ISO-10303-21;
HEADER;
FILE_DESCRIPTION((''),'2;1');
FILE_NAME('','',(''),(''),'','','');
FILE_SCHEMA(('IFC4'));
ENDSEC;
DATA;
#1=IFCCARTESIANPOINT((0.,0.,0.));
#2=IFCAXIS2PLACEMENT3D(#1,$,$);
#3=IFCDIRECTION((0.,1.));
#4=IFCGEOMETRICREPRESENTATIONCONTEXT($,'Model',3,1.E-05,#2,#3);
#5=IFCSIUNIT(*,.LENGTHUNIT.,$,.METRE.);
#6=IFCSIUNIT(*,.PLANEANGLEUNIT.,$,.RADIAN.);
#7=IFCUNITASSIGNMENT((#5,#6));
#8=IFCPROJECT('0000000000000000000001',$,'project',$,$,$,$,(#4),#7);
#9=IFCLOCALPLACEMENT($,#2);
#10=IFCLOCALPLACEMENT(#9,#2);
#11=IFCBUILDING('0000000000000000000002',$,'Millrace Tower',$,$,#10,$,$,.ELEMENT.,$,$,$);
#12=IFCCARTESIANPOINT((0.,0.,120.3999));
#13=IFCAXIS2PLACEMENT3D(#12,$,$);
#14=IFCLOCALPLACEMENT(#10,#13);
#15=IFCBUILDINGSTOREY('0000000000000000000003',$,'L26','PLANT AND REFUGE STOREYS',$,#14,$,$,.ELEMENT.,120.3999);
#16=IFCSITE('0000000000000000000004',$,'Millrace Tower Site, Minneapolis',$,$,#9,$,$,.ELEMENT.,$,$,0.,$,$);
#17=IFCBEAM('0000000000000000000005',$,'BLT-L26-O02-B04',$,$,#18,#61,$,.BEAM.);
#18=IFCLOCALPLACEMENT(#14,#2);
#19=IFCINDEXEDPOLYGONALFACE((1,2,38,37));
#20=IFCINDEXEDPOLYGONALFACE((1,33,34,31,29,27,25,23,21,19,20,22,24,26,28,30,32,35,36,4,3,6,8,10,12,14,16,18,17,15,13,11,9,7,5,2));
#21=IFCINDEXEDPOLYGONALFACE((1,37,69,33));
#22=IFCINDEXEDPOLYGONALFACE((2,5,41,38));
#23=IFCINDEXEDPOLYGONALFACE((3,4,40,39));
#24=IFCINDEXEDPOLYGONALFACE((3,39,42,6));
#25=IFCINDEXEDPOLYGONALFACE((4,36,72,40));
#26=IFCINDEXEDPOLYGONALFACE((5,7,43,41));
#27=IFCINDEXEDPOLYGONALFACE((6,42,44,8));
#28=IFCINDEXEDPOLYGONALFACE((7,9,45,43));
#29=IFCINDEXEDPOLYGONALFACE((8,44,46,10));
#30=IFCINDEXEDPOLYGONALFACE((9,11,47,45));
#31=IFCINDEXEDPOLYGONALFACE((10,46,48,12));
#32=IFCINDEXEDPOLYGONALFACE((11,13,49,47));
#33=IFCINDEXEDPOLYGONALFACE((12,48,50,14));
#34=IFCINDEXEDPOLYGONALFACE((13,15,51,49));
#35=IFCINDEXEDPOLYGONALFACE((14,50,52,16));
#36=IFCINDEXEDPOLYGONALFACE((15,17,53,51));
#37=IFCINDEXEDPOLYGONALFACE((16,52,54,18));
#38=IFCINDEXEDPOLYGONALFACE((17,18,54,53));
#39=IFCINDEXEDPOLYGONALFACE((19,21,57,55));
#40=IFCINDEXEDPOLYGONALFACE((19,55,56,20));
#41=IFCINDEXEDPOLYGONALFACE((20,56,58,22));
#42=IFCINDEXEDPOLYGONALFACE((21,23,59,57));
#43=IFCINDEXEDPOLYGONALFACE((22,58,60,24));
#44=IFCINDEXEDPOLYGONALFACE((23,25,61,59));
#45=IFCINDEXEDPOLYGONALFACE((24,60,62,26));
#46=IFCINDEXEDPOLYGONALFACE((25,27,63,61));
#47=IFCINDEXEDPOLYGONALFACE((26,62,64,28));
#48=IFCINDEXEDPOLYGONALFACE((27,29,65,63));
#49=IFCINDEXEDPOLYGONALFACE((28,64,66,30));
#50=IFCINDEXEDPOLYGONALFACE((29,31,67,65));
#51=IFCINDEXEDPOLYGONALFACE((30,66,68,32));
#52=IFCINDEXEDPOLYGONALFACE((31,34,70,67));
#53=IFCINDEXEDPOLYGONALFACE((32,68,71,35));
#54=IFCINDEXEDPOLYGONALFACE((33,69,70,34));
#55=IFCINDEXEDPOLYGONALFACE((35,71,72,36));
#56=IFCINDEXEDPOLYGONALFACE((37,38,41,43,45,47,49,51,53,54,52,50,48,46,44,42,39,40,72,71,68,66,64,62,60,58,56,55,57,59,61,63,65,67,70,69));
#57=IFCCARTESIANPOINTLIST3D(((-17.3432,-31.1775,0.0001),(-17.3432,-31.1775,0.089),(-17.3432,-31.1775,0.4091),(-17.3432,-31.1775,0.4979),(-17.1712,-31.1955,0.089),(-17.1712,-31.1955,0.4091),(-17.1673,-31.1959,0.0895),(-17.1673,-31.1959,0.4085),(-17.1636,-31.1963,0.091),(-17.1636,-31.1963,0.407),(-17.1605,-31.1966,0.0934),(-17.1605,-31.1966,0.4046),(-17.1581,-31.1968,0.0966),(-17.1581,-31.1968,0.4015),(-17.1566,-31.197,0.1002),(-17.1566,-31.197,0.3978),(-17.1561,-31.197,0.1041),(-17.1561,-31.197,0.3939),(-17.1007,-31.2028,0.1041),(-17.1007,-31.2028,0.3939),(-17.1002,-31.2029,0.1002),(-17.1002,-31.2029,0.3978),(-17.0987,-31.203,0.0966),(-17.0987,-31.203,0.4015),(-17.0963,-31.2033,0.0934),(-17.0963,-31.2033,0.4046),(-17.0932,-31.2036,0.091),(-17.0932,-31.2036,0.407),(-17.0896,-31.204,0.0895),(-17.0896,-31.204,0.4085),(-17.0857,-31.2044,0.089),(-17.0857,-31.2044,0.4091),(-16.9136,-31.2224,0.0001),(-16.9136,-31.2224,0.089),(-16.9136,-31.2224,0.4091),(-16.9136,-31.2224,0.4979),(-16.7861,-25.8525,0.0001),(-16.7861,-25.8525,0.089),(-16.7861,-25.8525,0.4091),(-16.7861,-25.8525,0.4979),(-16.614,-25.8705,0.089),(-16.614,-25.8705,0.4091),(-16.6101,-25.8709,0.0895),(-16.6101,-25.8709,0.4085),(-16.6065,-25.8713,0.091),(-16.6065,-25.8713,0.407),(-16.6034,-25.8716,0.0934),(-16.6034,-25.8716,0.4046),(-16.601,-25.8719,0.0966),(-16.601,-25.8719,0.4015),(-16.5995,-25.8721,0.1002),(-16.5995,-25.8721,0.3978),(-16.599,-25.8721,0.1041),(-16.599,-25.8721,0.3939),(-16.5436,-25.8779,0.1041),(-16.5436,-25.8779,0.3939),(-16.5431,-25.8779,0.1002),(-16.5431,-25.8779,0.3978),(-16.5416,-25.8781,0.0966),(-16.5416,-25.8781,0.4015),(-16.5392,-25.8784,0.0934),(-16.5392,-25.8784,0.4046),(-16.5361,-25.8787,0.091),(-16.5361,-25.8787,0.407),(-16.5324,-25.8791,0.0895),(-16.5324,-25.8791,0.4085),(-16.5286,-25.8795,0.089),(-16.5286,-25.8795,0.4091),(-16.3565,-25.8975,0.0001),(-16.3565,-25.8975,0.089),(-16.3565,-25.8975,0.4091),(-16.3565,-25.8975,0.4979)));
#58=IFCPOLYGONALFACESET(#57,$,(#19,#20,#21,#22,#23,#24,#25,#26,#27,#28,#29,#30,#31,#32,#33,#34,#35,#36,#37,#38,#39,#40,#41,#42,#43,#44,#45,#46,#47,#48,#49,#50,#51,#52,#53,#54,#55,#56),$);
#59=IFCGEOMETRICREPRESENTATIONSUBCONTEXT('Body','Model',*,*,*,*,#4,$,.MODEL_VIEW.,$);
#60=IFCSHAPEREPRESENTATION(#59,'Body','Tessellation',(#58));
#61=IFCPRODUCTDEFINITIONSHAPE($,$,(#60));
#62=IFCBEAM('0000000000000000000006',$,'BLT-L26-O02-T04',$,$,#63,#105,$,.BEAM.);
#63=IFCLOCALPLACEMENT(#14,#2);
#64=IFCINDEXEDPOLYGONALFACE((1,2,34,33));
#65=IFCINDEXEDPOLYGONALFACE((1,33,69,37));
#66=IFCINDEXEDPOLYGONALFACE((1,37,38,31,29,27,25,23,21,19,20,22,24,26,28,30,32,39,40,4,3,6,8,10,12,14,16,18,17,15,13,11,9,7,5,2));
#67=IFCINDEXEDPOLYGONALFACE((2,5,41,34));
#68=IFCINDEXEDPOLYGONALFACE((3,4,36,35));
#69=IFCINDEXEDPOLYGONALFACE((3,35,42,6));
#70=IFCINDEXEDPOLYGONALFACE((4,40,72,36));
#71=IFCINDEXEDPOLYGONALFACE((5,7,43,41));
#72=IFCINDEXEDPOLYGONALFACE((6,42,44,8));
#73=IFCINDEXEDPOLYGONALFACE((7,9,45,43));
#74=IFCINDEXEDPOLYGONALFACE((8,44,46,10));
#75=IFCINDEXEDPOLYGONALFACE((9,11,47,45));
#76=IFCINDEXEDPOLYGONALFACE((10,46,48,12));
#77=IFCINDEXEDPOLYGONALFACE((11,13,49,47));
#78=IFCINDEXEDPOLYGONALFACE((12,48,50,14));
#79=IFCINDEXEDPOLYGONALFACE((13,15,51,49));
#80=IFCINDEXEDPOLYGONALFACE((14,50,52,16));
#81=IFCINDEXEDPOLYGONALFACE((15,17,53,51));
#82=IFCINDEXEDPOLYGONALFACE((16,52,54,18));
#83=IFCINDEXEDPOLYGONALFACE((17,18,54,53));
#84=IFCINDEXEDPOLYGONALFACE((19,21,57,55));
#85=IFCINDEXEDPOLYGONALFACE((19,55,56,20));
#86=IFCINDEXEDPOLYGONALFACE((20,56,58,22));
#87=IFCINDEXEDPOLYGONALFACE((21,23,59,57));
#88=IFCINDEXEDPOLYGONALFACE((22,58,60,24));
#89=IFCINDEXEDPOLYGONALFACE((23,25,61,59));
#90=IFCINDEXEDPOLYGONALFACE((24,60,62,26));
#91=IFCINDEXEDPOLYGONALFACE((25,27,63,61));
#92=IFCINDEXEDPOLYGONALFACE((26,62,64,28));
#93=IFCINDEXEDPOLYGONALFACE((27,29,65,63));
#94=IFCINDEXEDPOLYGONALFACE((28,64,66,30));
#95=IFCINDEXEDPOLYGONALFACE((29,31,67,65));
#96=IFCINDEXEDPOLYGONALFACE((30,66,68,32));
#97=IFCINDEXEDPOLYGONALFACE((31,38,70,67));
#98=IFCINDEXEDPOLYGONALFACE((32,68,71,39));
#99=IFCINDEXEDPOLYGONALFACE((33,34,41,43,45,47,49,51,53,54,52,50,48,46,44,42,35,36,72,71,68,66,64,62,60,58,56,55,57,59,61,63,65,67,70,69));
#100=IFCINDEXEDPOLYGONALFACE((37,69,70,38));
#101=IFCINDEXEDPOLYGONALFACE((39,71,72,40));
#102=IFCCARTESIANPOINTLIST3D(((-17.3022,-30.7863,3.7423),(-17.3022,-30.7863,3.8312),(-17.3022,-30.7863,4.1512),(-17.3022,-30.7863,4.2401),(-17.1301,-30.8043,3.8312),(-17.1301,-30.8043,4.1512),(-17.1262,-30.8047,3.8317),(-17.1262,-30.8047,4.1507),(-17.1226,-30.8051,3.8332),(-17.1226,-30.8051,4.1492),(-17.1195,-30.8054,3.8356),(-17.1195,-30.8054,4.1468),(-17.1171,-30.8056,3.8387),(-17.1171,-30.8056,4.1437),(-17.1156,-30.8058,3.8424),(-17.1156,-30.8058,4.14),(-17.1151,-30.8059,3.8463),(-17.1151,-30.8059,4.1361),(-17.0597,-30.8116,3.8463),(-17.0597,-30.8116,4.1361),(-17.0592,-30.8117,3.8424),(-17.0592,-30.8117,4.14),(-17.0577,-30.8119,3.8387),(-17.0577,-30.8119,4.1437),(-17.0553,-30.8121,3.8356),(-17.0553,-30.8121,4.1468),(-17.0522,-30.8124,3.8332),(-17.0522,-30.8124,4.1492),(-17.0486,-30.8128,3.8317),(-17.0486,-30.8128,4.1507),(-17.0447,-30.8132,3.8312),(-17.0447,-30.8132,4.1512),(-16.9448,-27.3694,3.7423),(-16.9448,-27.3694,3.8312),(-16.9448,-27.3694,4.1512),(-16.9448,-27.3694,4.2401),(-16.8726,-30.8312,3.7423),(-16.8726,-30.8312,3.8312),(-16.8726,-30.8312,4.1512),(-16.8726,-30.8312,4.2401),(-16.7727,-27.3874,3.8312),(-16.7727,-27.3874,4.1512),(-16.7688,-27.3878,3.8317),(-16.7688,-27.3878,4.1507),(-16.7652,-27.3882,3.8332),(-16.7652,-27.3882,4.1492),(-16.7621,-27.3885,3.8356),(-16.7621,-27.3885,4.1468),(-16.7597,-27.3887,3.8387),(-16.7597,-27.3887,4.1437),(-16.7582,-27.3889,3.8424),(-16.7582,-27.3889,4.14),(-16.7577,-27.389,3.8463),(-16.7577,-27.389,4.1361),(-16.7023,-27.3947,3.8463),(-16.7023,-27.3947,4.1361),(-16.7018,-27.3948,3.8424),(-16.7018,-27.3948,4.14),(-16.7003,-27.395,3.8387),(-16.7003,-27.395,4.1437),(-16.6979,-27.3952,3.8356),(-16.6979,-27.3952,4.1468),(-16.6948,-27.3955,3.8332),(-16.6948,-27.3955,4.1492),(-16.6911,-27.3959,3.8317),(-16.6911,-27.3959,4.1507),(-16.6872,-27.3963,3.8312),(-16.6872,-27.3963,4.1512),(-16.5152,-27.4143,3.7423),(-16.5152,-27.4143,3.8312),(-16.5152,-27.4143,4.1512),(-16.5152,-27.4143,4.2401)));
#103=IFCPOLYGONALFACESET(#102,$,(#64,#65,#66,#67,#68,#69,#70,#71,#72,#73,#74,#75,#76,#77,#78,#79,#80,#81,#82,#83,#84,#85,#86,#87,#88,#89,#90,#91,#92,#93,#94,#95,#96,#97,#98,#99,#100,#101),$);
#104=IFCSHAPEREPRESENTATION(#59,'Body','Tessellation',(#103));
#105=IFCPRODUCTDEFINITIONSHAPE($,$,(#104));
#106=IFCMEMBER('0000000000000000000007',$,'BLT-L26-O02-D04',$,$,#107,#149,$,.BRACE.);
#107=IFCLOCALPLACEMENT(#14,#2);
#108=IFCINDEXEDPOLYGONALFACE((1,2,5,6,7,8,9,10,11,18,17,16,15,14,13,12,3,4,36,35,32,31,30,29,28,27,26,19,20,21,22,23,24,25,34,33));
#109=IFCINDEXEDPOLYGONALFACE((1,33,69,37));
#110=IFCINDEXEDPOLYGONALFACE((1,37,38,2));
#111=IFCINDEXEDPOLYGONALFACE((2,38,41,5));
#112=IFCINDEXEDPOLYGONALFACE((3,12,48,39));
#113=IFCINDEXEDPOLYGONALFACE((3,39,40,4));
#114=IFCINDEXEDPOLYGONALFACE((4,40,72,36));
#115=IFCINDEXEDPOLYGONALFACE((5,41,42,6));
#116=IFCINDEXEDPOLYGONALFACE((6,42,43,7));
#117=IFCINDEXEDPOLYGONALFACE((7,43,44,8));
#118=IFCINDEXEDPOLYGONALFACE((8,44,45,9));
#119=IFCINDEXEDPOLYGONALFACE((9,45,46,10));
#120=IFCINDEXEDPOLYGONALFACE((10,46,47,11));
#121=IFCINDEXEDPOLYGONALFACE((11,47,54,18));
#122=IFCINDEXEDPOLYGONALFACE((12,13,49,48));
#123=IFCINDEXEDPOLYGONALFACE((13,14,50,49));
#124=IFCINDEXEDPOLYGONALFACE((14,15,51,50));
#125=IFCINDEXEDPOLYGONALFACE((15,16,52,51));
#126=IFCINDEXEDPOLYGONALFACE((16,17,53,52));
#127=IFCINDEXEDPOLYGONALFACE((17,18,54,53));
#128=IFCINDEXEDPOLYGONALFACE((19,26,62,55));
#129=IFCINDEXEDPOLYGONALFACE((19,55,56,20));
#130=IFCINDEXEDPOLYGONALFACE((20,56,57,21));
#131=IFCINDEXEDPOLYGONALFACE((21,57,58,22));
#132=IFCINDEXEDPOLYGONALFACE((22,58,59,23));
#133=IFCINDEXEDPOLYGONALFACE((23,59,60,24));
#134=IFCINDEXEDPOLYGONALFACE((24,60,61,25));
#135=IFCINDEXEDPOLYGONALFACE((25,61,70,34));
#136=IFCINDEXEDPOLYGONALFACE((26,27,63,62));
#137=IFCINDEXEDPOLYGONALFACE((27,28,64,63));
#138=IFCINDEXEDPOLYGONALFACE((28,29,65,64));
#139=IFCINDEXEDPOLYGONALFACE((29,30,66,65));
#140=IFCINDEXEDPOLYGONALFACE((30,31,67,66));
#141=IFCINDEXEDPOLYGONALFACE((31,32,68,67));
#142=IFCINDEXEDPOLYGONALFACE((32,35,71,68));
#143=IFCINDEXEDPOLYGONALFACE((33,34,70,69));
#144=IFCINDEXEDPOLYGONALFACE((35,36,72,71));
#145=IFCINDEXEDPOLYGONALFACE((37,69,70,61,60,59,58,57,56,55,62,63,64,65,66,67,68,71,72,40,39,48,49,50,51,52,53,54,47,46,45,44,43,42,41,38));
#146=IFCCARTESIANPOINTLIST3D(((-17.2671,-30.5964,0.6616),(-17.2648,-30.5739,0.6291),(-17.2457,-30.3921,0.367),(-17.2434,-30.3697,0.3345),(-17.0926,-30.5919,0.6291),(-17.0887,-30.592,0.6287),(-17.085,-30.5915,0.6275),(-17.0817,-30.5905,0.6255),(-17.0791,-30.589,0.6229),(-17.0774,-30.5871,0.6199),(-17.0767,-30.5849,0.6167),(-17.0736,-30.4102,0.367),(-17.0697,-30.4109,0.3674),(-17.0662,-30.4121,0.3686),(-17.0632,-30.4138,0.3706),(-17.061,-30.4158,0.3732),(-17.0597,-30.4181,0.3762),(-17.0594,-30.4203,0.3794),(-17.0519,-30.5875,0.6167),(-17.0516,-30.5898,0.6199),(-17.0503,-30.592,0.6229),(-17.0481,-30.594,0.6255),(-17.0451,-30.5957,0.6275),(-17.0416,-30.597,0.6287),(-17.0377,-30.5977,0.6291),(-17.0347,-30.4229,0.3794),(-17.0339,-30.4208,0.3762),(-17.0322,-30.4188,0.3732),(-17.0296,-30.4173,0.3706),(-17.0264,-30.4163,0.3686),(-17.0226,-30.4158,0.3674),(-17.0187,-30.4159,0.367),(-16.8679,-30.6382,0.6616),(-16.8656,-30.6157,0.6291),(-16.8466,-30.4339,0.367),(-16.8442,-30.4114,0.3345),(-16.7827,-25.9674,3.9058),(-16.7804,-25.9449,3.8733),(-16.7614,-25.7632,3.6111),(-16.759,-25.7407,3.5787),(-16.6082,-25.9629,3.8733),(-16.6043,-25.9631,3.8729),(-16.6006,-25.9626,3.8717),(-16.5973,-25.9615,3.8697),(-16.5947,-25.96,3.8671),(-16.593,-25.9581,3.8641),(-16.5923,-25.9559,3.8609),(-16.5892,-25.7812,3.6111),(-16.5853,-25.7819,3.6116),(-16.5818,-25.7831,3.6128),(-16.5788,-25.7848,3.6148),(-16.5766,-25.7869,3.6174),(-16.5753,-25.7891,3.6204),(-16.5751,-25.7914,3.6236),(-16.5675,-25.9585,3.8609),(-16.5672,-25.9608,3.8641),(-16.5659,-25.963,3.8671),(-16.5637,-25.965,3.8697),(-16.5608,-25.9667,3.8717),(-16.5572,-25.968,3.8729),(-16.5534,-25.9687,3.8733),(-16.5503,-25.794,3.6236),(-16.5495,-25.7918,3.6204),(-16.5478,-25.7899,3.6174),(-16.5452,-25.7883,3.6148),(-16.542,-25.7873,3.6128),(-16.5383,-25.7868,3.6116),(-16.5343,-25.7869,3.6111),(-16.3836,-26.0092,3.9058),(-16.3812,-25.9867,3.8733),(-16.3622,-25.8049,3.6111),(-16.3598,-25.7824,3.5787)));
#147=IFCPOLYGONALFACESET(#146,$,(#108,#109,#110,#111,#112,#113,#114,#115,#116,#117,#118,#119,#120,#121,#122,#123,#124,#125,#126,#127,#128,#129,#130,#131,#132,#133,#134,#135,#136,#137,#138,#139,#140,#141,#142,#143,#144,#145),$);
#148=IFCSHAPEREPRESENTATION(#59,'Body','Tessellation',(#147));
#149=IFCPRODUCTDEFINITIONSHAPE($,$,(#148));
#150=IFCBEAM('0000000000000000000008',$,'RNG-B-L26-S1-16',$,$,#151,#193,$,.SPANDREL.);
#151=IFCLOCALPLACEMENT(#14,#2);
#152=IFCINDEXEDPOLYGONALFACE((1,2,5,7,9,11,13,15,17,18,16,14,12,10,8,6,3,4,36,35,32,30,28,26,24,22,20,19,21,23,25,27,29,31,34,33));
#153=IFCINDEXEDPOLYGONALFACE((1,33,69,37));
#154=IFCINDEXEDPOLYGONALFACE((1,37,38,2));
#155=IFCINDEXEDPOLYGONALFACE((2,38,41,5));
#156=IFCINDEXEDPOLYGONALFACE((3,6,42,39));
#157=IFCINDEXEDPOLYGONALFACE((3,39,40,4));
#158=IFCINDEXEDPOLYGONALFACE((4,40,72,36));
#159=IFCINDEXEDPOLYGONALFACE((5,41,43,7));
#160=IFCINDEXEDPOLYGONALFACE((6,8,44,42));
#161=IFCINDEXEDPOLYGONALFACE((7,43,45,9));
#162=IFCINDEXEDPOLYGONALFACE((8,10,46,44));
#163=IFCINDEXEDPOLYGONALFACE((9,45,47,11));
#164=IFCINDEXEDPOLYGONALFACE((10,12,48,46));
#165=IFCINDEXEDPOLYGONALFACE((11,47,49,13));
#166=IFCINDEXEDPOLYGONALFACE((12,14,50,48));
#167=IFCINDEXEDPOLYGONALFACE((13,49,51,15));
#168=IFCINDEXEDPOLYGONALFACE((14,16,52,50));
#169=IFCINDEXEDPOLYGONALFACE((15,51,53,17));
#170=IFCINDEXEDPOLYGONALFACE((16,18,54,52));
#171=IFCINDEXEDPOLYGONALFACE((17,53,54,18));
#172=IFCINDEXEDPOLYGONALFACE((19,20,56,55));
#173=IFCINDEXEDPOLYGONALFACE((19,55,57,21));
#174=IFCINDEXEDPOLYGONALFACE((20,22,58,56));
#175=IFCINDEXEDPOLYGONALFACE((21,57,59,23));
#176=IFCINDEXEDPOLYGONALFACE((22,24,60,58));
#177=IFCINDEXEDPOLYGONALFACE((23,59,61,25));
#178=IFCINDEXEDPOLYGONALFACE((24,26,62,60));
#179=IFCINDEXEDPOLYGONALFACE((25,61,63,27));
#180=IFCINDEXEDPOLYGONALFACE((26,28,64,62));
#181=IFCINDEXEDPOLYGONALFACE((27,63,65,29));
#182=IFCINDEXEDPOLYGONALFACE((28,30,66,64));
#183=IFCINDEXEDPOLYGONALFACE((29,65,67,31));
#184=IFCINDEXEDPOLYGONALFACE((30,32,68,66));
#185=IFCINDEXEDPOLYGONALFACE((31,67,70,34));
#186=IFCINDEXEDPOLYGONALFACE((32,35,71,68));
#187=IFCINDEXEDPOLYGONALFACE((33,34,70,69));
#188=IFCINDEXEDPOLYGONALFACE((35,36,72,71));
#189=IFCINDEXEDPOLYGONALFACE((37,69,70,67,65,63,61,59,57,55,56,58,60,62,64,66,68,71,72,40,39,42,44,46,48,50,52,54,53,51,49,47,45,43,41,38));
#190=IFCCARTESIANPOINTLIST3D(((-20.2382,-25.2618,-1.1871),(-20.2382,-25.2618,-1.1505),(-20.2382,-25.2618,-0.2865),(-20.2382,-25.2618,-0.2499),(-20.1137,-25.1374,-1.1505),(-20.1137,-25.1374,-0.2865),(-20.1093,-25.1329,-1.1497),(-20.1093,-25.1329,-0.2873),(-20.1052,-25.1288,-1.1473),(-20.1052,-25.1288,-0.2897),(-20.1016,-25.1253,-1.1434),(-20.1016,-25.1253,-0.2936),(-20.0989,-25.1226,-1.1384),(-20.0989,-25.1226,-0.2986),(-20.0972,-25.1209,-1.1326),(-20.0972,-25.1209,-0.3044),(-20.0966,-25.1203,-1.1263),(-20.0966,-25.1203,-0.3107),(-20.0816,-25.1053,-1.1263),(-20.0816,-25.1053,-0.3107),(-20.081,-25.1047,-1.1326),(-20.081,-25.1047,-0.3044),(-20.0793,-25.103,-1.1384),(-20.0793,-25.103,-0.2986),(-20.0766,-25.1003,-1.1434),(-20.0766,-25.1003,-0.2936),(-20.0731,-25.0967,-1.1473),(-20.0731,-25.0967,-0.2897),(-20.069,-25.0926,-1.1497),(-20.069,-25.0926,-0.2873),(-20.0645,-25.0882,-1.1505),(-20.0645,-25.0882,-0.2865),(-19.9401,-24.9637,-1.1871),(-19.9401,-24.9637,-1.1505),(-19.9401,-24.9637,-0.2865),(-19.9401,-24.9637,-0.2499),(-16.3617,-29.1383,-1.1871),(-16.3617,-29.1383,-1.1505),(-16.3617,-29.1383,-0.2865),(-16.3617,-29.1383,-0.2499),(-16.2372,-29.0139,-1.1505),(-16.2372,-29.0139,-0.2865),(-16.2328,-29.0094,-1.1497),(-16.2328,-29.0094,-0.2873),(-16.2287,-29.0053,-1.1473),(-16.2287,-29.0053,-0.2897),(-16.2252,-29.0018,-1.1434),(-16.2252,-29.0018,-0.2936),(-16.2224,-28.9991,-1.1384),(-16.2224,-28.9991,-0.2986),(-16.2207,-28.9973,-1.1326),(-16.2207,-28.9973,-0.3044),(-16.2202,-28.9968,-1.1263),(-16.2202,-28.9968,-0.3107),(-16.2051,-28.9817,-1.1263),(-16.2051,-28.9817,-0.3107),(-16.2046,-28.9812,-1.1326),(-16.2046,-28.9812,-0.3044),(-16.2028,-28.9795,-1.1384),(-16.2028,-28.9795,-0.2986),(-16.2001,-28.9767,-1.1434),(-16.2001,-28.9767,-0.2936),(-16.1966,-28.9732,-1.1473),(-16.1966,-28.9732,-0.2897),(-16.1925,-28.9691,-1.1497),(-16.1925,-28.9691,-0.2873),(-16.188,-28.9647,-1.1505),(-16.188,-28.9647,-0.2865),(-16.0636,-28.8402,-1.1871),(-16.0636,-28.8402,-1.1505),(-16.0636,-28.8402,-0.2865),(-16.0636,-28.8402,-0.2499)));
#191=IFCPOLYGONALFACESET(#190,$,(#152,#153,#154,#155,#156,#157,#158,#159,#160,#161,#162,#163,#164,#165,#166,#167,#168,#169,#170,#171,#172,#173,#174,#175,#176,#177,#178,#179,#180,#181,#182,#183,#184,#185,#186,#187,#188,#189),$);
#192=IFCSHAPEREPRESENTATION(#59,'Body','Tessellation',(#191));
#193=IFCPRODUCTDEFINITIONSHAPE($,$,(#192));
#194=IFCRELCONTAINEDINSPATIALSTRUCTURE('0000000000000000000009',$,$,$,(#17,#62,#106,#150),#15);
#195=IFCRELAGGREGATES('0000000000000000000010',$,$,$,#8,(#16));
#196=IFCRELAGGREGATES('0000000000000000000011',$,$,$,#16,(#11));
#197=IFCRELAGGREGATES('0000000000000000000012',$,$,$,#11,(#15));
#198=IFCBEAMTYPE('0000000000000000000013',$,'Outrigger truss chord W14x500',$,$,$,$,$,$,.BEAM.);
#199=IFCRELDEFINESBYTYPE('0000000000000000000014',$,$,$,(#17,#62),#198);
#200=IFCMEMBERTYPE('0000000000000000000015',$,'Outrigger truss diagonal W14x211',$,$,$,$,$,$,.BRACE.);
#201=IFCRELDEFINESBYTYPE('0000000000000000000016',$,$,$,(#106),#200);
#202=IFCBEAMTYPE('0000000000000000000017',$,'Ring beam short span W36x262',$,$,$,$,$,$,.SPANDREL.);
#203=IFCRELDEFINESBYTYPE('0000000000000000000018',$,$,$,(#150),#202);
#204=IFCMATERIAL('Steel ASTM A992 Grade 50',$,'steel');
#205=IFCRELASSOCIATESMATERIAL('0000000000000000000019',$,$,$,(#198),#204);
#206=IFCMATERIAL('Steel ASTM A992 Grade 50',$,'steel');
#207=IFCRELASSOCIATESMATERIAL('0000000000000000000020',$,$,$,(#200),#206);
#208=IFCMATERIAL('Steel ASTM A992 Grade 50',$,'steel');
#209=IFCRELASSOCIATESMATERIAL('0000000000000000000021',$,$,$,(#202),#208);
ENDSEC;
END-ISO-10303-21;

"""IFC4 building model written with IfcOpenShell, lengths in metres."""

from ifc_helpers import new_model, si_unit, direction, frame, origin, origin_2d, place, context, subcontext, project, spatial, i_section, extrude, material, material_profile, profile_set, type_object, element, save


model = new_model("IFC4")

# Units and contexts
model_context = context("Model", 3, precision=1e-05, world=origin(), true_north=direction((0.0, 1.0)))
body_context = subcontext(model_context, "Body", "Model", "MODEL_VIEW")
ifc_project = project(units=[si_unit("LENGTHUNIT", "METRE"), si_unit("PLANEANGLEUNIT", "RADIAN")], contexts=[model_context])

# Site, building, storey
site_placement = place(None, origin())
site = spatial("IfcSite", under=ifc_project, at=site_placement, Name="Millrace Tower Site, Minneapolis", CompositionType="ELEMENT", RefElevation=0.0)
building_placement = place(site_placement, origin())
building = spatial("IfcBuilding", under=site, at=building_placement, Name="Millrace Tower", CompositionType="ELEMENT")
storey_placement = place(building_placement, frame((0.0, 0.0, 120.3999)))
storey = spatial("IfcBuildingStorey", under=building, at=storey_placement, Name="L26", Description="PLANT AND REFUGE STOREYS", CompositionType="ELEMENT", Elevation=120.3999)

# Beams
ifc_material_1 = material(Name="Steel ASTM A992 Grade 50", Category="steel")
ifc_material_profile_1 = material_profile(ifc_material_1, i_section(OverallWidth=0.4319, OverallDepth=0.4978, WebThickness=0.0557, FlangeThickness=0.0889, FilletRadius=0.0151, at=origin_2d()))
ifc_profile_set_1 = profile_set([ifc_material_profile_1], Name="Steel ASTM A992 Grade 50")
beam_type_1 = type_object("IfcBeamType", Name="Outrigger truss chord W14x500", PredefinedType="BEAM", material=ifc_profile_set_1)
beam_1_placement = place(storey_placement, frame((-16.5713, -25.875, 0.249), z_axis=(-0.104058, -0.994571, 0.0), x_axis=(0.994571, -0.104058, 0.0)))
element("IfcBeam", 1, at=beam_1_placement, inside=storey, type_object=beam_type_1, Name="BLT-L26-O02-B04", PredefinedType="BEAM", context=body_context, shape_type="SweptSolid", body=[
    extrude(i_section(OverallWidth=0.4319, OverallDepth=0.4978, WebThickness=0.0557, FlangeThickness=0.0889, FilletRadius=0.0151, at=origin_2d()), origin(), (0.0, 0.0, 1.0), 5.354),
])
beam_2_placement = place(storey_placement, frame((-16.73, -27.3918, 3.9912), z_axis=(-0.104034, -0.994574, 0.0), x_axis=(0.994574, -0.104034, 0.0)))
element("IfcBeam", 2, at=beam_2_placement, inside=storey, type_object=beam_type_1, Name="BLT-L26-O02-T04", PredefinedType="BEAM", context=body_context, shape_type="SweptSolid", body=[
    extrude(i_section(OverallWidth=0.4319, OverallDepth=0.4978, WebThickness=0.0557, FlangeThickness=0.0889, FilletRadius=0.0151, at=origin_2d()), origin(), (0.0, 0.0, 1.0), 3.4355),
])

# Member
ifc_material_2 = material(Name="Steel ASTM A992 Grade 50", Category="steel")
ifc_material_profile_2 = material_profile(ifc_material_2, i_section(OverallWidth=0.4014, OverallDepth=0.3987, WebThickness=0.0249, FlangeThickness=0.0396, FilletRadius=0.0151, at=origin_2d()))
ifc_profile_set_2 = profile_set([ifc_material_profile_2], Name="Steel ASTM A992 Grade 50")
member_type_1 = type_object("IfcMemberType", Name="Outrigger truss diagonal W14x211", PredefinedType="BRACE", material=ifc_profile_set_2)
member_1_placement = place(storey_placement, frame((-17.0557, -30.5039, 0.498), z_axis=(0.085379, 0.815917, 0.57183), x_axis=(-0.99457, 0.104073, 0.0)))
element("IfcMember", 3, at=member_1_placement, inside=storey, type_object=member_type_1, Name="BLT-L26-O02-D04", PredefinedType="BRACE", context=body_context, shape_type="SweptSolid", body=[
    extrude(i_section(OverallWidth=0.4014, OverallDepth=0.3987, WebThickness=0.0249, FlangeThickness=0.0396, FilletRadius=0.0151, at=origin_2d()), origin(), (0.0, 0.0, 1.0), 5.6733),
])

# Beam
ifc_material_3 = material(Name="Steel ASTM A992 Grade 50", Category="steel")
ifc_material_profile_3 = material_profile(ifc_material_3, i_section(OverallWidth=0.4216, OverallDepth=0.9373, WebThickness=0.0212, FlangeThickness=0.0366, FilletRadius=0.0242, at=origin_2d()))
ifc_profile_set_3 = profile_set([ifc_material_profile_3], Name="Steel ASTM A992 Grade 50")
beam_type_2 = type_object("IfcBeamType", Name="Ring beam short span W36x262", PredefinedType="SPANDREL", material=ifc_profile_set_3)
beam_3_placement = place(storey_placement, frame((-16.2126, -28.9893, -0.7185), z_axis=(-0.707107, 0.707107, 0.0), x_axis=(-0.707107, -0.707107, 0.0)))
element("IfcBeam", 4, at=beam_3_placement, inside=storey, type_object=beam_type_2, Name="RNG-B-L26-S1-16", PredefinedType="SPANDREL", context=body_context, shape_type="SweptSolid", body=[
    extrude(i_section(OverallWidth=0.4216, OverallDepth=0.9373, WebThickness=0.0212, FlangeThickness=0.0366, FilletRadius=0.0242, at=origin_2d()), origin(), (0.0, 0.0, 1.0), 5.4822),
])

save(model, "model.ifc")
